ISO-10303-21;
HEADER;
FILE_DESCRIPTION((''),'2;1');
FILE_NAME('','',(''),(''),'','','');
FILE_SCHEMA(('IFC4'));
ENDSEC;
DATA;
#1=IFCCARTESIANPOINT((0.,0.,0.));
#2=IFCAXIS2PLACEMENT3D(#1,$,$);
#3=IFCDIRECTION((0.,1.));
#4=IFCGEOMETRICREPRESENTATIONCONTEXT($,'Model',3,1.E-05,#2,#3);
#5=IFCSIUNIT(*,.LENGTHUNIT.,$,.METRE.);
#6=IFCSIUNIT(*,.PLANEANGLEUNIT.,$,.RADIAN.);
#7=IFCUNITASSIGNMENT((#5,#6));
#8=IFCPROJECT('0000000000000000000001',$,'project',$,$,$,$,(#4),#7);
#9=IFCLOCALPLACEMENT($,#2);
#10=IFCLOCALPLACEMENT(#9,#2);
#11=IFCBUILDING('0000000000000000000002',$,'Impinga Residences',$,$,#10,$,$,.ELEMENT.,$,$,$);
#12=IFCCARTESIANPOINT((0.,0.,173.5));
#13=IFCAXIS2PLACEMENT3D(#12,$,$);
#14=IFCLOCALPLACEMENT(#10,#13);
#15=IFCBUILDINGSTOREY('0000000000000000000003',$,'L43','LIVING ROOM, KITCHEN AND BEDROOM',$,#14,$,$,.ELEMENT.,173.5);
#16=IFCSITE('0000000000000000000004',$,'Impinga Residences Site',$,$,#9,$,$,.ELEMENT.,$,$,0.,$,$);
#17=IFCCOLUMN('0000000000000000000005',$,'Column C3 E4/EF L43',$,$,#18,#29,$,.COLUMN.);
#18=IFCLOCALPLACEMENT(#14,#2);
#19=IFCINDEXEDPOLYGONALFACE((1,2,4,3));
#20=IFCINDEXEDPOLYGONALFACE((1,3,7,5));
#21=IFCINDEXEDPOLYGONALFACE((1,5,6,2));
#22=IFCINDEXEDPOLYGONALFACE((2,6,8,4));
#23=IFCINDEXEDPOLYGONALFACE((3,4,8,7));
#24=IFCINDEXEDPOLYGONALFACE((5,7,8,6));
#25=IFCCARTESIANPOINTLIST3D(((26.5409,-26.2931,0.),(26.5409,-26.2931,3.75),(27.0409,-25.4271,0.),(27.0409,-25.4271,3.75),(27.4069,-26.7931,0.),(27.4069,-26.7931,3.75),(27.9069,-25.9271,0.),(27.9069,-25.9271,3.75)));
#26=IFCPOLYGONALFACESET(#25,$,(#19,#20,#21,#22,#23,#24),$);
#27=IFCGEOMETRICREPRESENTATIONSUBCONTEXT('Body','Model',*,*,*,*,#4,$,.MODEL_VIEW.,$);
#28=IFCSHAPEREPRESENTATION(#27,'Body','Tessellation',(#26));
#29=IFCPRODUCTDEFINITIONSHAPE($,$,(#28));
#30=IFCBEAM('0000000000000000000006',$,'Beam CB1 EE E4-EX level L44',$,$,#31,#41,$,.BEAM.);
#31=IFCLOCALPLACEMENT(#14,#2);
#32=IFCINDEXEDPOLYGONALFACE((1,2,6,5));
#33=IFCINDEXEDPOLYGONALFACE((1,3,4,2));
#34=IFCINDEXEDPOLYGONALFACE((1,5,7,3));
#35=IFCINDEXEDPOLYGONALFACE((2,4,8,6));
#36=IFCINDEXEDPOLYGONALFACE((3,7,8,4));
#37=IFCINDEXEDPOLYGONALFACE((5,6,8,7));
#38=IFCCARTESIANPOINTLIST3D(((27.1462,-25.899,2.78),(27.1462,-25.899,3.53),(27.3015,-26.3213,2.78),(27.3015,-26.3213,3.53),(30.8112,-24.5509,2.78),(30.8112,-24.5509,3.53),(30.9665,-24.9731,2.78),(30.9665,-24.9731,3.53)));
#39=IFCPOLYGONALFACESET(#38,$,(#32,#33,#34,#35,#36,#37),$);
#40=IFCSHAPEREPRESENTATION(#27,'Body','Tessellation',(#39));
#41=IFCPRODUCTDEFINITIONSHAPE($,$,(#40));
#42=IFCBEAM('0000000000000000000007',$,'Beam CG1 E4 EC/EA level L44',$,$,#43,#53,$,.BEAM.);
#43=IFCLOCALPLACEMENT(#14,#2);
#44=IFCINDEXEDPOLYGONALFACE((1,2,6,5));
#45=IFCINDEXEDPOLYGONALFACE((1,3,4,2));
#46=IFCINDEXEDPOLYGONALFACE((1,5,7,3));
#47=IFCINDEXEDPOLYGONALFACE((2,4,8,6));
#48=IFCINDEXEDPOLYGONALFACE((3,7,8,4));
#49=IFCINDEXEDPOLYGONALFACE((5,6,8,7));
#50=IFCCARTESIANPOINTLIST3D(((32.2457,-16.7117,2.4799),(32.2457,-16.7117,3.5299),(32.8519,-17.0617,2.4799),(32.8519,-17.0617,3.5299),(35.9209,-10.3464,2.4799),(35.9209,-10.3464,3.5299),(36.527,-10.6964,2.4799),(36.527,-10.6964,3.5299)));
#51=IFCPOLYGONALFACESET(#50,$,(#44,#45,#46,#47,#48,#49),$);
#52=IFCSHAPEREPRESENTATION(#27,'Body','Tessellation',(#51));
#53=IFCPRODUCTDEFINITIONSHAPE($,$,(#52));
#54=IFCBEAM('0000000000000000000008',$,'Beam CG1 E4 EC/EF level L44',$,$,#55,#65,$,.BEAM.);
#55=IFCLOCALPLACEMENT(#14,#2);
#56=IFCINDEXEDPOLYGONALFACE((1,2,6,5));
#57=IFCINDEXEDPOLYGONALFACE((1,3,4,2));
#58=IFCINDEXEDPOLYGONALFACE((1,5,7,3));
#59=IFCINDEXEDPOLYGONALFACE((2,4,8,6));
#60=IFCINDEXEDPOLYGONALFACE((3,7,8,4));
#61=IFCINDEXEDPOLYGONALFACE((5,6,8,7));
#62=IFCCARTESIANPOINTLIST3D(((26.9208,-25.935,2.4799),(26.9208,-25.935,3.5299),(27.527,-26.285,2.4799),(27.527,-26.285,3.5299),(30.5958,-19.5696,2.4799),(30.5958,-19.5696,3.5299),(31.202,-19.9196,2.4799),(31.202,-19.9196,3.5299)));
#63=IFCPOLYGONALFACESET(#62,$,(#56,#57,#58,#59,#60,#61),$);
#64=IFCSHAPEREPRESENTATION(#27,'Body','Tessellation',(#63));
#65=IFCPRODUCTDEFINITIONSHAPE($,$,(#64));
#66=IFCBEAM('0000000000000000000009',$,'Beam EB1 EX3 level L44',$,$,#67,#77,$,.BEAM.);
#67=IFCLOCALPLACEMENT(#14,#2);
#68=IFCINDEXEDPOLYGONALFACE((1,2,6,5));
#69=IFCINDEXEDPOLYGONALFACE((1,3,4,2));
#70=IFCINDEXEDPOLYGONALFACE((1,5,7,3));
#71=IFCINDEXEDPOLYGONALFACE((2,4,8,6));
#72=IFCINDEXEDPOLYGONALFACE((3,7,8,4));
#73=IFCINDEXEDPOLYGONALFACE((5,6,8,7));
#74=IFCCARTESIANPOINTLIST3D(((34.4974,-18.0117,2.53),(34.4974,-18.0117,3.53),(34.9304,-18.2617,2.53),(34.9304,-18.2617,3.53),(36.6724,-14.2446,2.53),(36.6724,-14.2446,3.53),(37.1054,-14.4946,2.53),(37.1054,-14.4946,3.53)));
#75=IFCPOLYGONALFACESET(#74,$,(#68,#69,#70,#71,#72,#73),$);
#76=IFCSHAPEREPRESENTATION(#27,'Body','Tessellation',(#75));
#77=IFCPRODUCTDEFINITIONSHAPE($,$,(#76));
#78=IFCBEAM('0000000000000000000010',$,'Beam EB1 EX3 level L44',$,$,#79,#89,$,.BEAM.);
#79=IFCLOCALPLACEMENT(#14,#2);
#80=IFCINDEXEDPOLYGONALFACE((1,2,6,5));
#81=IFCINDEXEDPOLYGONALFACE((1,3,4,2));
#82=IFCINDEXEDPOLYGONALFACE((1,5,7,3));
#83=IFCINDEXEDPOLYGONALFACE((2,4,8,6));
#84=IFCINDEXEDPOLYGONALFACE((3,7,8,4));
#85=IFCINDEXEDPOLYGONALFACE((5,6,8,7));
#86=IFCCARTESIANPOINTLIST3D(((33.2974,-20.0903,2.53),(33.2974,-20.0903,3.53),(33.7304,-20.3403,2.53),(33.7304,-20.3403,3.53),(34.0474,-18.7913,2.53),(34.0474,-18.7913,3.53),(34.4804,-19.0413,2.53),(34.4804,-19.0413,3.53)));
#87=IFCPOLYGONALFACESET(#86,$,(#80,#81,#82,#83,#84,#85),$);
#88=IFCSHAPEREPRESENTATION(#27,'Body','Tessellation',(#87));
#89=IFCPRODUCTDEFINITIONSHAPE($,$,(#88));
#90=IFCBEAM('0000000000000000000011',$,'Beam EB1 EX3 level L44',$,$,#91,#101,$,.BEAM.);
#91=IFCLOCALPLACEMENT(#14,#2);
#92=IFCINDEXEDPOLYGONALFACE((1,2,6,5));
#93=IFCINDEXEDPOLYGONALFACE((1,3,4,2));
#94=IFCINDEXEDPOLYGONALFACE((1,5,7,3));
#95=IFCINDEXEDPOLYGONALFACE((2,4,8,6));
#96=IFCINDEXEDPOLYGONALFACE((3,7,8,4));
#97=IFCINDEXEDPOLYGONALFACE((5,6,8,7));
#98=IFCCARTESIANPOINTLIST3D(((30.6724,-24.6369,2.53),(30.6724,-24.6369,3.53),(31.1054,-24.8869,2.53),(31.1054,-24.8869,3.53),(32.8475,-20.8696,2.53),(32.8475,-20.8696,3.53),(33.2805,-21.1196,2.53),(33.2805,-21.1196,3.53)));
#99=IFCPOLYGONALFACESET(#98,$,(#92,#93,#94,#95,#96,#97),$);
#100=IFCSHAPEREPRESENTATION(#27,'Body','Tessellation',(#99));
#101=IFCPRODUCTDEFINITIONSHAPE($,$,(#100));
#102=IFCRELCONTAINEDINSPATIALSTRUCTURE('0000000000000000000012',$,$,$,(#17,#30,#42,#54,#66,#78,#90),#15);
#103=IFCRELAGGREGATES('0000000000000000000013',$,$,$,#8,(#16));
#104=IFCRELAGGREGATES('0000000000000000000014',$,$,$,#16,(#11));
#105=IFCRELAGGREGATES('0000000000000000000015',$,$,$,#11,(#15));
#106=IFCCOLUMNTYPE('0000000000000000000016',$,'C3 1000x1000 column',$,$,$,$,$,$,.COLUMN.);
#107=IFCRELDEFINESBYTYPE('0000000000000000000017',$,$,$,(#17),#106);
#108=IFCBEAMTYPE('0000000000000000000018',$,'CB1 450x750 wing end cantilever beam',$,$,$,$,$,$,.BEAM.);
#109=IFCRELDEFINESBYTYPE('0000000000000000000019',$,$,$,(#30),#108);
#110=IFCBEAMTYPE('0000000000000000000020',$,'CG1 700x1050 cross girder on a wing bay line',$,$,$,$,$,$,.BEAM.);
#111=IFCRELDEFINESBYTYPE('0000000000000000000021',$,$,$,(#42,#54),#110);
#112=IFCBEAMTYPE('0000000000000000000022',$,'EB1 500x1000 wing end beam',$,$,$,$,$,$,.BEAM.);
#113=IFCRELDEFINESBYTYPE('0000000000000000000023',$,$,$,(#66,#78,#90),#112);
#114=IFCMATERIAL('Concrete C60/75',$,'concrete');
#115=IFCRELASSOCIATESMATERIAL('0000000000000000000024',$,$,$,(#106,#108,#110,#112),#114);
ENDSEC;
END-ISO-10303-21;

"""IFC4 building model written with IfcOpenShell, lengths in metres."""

from ifc_helpers import new_model, si_unit, direction, frame, origin, origin_2d, place, context, subcontext, project, spatial, rectangle, extrude, material, material_profile, profile_set, type_object, element, save


model = new_model("IFC4")

# Units and contexts
model_context = context("Model", 3, precision=1e-05, world=origin(), true_north=direction((0.0, 1.0)))
body_context = subcontext(model_context, "Body", "Model", "MODEL_VIEW")
ifc_project = project(units=[si_unit("LENGTHUNIT", "METRE"), si_unit("PLANEANGLEUNIT", "RADIAN")], contexts=[model_context])

# Site, building, storey
site_placement = place(None, origin())
site = spatial("IfcSite", under=ifc_project, at=site_placement, Name="Impinga Residences Site", CompositionType="ELEMENT", RefElevation=0.0)
building_placement = place(site_placement, origin())
building = spatial("IfcBuilding", under=site, at=building_placement, Name="Impinga Residences", CompositionType="ELEMENT")
storey_placement = place(building_placement, frame((0.0, 0.0, 173.5)))
storey = spatial("IfcBuildingStorey", under=building, at=storey_placement, Name="L43", Description="LIVING ROOM, KITCHEN AND BEDROOM", CompositionType="ELEMENT", Elevation=173.5)

# Column
ifc_material_1 = material(Name="Concrete C60/75", Category="concrete")
ifc_material_profile_1 = material_profile(ifc_material_1, rectangle(XDim=1.0, YDim=1.0, at=origin_2d()), Name="RC 1000x1000")
ifc_profile_set_1 = profile_set([ifc_material_profile_1], Name="Concrete C60/75")
column_type = type_object("IfcColumnType", Name="C3 1000x1000 column", PredefinedType="COLUMN", material=ifc_profile_set_1)
column_placement = place(storey_placement, frame((27.2239, -26.1101, 0.0), z_axis=(0.0, 0.0, 1.0), x_axis=(-0.5, -0.866025, 0.0)))
element("IfcColumn", 1, at=column_placement, inside=storey, type_object=column_type, Name="Column C3 E4/EF L43", PredefinedType="COLUMN", context=body_context, shape_type="SweptSolid", body=[
    extrude(rectangle(XDim=1.0, YDim=1.0, at=origin_2d()), origin(), (0.0, 0.0, 1.0), 3.75),
])

# Beams
ifc_material_profile_2 = material_profile(ifc_material_1, rectangle(XDim=0.45, YDim=0.75, at=origin_2d()), Name="RC 450x750")
ifc_profile_set_2 = profile_set([ifc_material_profile_2], Name="Concrete C60/75")
beam_type_1 = type_object("IfcBeamType", Name="CB1 450x750 wing end cantilever beam", PredefinedType="BEAM", material=ifc_profile_set_2)
beam_1_placement = place(storey_placement, frame((27.2239, -26.1101, 3.155), z_axis=(0.93852, 0.345224, 0.0), x_axis=(-0.345224, 0.93852, 0.0)))
element("IfcBeam", 2, at=beam_1_placement, inside=storey, type_object=beam_type_1, Name="Beam CB1 EE E4-EX level L44", PredefinedType="BEAM", context=body_context, shape_type="SweptSolid", body=[
    extrude(rectangle(XDim=0.45, YDim=0.75, at=origin_2d()), origin(), (0.0, 0.0, 1.0), 3.905),
])
ifc_material_profile_3 = material_profile(ifc_material_1, rectangle(XDim=0.7, YDim=1.05, at=origin_2d()), Name="RC 700x1050")
ifc_profile_set_3 = profile_set([ifc_material_profile_3], Name="Concrete C60/75")
beam_type_2 = type_object("IfcBeamType", Name="CG1 700x1050 cross girder on a wing bay line", PredefinedType="BEAM", material=ifc_profile_set_3)
for number, where, z_axis, x_axis, name in (
    (3, (32.5488, -16.8867, 3.0049), (0.500008, 0.866021, 0.0), (-0.866021, 0.500008, 0.0), "Beam CG1 E4 EC/EA level L44"),
    (4, (30.8989, -19.7446, 3.0049), (-0.499994, -0.866029, 0.0), (0.866029, -0.499994, 0.0), "Beam CG1 E4 EC/EF level L44"),
):
    element("IfcBeam", number, at=place(storey_placement, frame(where, z_axis=z_axis, x_axis=x_axis)), inside=storey, type_object=beam_type_2, Name=name, PredefinedType="BEAM", context=body_context, shape_type="SweptSolid", body=[
        extrude(rectangle(XDim=0.7, YDim=1.05, at=origin_2d()), origin(), (0.0, 0.0, 1.0), 7.3501),
    ])
ifc_material_profile_4 = material_profile(ifc_material_1, rectangle(XDim=0.5, YDim=1.0, at=origin_2d()), Name="RC 500x1000")
ifc_profile_set_4 = profile_set([ifc_material_profile_4], Name="Concrete C60/75")
beam_type_3 = type_object("IfcBeamType", Name="EB1 500x1000 wing end beam", PredefinedType="BEAM", material=ifc_profile_set_4)
beam_2_placement = place(storey_placement, frame((36.8889, -14.3696, 3.03), z_axis=(-0.50002, -0.866014, 0.0), x_axis=(0.866014, -0.50002, 0.0)))
element("IfcBeam", 5, at=beam_2_placement, inside=storey, type_object=beam_type_3, Name="Beam EB1 EX3 level L44", PredefinedType="BEAM", context=body_context, shape_type="SweptSolid", body=[
    extrude(rectangle(XDim=0.5, YDim=1.0, at=origin_2d()), origin(), (0.0, 0.0, 1.0), 4.3499),
])
beam_3_placement = place(storey_placement, frame((34.2639, -18.9163, 3.03), z_axis=(-0.49999, -0.866031, 0.0), x_axis=(0.866031, -0.49999, 0.0)))
element("IfcBeam", 6, at=beam_3_placement, inside=storey, type_object=beam_type_3, Name="Beam EB1 EX3 level L44", PredefinedType="BEAM", context=body_context, shape_type="SweptSolid", body=[
    extrude(rectangle(XDim=0.5, YDim=1.0, at=origin_2d()), origin(), (0.0, 0.0, 1.0), 1.5),
])
beam_4_placement = place(storey_placement, frame((33.064, -20.9946, 3.03), z_axis=(-0.499996, -0.866028, 0.0), x_axis=(0.866028, -0.499996, 0.0)))
element("IfcBeam", 7, at=beam_4_placement, inside=storey, type_object=beam_type_3, Name="Beam EB1 EX3 level L44", PredefinedType="BEAM", context=body_context, shape_type="SweptSolid", body=[
    extrude(rectangle(XDim=0.5, YDim=1.0, at=origin_2d()), origin(), (0.0, 0.0, 1.0), 4.3501),
])

save(model, "model.ifc")
